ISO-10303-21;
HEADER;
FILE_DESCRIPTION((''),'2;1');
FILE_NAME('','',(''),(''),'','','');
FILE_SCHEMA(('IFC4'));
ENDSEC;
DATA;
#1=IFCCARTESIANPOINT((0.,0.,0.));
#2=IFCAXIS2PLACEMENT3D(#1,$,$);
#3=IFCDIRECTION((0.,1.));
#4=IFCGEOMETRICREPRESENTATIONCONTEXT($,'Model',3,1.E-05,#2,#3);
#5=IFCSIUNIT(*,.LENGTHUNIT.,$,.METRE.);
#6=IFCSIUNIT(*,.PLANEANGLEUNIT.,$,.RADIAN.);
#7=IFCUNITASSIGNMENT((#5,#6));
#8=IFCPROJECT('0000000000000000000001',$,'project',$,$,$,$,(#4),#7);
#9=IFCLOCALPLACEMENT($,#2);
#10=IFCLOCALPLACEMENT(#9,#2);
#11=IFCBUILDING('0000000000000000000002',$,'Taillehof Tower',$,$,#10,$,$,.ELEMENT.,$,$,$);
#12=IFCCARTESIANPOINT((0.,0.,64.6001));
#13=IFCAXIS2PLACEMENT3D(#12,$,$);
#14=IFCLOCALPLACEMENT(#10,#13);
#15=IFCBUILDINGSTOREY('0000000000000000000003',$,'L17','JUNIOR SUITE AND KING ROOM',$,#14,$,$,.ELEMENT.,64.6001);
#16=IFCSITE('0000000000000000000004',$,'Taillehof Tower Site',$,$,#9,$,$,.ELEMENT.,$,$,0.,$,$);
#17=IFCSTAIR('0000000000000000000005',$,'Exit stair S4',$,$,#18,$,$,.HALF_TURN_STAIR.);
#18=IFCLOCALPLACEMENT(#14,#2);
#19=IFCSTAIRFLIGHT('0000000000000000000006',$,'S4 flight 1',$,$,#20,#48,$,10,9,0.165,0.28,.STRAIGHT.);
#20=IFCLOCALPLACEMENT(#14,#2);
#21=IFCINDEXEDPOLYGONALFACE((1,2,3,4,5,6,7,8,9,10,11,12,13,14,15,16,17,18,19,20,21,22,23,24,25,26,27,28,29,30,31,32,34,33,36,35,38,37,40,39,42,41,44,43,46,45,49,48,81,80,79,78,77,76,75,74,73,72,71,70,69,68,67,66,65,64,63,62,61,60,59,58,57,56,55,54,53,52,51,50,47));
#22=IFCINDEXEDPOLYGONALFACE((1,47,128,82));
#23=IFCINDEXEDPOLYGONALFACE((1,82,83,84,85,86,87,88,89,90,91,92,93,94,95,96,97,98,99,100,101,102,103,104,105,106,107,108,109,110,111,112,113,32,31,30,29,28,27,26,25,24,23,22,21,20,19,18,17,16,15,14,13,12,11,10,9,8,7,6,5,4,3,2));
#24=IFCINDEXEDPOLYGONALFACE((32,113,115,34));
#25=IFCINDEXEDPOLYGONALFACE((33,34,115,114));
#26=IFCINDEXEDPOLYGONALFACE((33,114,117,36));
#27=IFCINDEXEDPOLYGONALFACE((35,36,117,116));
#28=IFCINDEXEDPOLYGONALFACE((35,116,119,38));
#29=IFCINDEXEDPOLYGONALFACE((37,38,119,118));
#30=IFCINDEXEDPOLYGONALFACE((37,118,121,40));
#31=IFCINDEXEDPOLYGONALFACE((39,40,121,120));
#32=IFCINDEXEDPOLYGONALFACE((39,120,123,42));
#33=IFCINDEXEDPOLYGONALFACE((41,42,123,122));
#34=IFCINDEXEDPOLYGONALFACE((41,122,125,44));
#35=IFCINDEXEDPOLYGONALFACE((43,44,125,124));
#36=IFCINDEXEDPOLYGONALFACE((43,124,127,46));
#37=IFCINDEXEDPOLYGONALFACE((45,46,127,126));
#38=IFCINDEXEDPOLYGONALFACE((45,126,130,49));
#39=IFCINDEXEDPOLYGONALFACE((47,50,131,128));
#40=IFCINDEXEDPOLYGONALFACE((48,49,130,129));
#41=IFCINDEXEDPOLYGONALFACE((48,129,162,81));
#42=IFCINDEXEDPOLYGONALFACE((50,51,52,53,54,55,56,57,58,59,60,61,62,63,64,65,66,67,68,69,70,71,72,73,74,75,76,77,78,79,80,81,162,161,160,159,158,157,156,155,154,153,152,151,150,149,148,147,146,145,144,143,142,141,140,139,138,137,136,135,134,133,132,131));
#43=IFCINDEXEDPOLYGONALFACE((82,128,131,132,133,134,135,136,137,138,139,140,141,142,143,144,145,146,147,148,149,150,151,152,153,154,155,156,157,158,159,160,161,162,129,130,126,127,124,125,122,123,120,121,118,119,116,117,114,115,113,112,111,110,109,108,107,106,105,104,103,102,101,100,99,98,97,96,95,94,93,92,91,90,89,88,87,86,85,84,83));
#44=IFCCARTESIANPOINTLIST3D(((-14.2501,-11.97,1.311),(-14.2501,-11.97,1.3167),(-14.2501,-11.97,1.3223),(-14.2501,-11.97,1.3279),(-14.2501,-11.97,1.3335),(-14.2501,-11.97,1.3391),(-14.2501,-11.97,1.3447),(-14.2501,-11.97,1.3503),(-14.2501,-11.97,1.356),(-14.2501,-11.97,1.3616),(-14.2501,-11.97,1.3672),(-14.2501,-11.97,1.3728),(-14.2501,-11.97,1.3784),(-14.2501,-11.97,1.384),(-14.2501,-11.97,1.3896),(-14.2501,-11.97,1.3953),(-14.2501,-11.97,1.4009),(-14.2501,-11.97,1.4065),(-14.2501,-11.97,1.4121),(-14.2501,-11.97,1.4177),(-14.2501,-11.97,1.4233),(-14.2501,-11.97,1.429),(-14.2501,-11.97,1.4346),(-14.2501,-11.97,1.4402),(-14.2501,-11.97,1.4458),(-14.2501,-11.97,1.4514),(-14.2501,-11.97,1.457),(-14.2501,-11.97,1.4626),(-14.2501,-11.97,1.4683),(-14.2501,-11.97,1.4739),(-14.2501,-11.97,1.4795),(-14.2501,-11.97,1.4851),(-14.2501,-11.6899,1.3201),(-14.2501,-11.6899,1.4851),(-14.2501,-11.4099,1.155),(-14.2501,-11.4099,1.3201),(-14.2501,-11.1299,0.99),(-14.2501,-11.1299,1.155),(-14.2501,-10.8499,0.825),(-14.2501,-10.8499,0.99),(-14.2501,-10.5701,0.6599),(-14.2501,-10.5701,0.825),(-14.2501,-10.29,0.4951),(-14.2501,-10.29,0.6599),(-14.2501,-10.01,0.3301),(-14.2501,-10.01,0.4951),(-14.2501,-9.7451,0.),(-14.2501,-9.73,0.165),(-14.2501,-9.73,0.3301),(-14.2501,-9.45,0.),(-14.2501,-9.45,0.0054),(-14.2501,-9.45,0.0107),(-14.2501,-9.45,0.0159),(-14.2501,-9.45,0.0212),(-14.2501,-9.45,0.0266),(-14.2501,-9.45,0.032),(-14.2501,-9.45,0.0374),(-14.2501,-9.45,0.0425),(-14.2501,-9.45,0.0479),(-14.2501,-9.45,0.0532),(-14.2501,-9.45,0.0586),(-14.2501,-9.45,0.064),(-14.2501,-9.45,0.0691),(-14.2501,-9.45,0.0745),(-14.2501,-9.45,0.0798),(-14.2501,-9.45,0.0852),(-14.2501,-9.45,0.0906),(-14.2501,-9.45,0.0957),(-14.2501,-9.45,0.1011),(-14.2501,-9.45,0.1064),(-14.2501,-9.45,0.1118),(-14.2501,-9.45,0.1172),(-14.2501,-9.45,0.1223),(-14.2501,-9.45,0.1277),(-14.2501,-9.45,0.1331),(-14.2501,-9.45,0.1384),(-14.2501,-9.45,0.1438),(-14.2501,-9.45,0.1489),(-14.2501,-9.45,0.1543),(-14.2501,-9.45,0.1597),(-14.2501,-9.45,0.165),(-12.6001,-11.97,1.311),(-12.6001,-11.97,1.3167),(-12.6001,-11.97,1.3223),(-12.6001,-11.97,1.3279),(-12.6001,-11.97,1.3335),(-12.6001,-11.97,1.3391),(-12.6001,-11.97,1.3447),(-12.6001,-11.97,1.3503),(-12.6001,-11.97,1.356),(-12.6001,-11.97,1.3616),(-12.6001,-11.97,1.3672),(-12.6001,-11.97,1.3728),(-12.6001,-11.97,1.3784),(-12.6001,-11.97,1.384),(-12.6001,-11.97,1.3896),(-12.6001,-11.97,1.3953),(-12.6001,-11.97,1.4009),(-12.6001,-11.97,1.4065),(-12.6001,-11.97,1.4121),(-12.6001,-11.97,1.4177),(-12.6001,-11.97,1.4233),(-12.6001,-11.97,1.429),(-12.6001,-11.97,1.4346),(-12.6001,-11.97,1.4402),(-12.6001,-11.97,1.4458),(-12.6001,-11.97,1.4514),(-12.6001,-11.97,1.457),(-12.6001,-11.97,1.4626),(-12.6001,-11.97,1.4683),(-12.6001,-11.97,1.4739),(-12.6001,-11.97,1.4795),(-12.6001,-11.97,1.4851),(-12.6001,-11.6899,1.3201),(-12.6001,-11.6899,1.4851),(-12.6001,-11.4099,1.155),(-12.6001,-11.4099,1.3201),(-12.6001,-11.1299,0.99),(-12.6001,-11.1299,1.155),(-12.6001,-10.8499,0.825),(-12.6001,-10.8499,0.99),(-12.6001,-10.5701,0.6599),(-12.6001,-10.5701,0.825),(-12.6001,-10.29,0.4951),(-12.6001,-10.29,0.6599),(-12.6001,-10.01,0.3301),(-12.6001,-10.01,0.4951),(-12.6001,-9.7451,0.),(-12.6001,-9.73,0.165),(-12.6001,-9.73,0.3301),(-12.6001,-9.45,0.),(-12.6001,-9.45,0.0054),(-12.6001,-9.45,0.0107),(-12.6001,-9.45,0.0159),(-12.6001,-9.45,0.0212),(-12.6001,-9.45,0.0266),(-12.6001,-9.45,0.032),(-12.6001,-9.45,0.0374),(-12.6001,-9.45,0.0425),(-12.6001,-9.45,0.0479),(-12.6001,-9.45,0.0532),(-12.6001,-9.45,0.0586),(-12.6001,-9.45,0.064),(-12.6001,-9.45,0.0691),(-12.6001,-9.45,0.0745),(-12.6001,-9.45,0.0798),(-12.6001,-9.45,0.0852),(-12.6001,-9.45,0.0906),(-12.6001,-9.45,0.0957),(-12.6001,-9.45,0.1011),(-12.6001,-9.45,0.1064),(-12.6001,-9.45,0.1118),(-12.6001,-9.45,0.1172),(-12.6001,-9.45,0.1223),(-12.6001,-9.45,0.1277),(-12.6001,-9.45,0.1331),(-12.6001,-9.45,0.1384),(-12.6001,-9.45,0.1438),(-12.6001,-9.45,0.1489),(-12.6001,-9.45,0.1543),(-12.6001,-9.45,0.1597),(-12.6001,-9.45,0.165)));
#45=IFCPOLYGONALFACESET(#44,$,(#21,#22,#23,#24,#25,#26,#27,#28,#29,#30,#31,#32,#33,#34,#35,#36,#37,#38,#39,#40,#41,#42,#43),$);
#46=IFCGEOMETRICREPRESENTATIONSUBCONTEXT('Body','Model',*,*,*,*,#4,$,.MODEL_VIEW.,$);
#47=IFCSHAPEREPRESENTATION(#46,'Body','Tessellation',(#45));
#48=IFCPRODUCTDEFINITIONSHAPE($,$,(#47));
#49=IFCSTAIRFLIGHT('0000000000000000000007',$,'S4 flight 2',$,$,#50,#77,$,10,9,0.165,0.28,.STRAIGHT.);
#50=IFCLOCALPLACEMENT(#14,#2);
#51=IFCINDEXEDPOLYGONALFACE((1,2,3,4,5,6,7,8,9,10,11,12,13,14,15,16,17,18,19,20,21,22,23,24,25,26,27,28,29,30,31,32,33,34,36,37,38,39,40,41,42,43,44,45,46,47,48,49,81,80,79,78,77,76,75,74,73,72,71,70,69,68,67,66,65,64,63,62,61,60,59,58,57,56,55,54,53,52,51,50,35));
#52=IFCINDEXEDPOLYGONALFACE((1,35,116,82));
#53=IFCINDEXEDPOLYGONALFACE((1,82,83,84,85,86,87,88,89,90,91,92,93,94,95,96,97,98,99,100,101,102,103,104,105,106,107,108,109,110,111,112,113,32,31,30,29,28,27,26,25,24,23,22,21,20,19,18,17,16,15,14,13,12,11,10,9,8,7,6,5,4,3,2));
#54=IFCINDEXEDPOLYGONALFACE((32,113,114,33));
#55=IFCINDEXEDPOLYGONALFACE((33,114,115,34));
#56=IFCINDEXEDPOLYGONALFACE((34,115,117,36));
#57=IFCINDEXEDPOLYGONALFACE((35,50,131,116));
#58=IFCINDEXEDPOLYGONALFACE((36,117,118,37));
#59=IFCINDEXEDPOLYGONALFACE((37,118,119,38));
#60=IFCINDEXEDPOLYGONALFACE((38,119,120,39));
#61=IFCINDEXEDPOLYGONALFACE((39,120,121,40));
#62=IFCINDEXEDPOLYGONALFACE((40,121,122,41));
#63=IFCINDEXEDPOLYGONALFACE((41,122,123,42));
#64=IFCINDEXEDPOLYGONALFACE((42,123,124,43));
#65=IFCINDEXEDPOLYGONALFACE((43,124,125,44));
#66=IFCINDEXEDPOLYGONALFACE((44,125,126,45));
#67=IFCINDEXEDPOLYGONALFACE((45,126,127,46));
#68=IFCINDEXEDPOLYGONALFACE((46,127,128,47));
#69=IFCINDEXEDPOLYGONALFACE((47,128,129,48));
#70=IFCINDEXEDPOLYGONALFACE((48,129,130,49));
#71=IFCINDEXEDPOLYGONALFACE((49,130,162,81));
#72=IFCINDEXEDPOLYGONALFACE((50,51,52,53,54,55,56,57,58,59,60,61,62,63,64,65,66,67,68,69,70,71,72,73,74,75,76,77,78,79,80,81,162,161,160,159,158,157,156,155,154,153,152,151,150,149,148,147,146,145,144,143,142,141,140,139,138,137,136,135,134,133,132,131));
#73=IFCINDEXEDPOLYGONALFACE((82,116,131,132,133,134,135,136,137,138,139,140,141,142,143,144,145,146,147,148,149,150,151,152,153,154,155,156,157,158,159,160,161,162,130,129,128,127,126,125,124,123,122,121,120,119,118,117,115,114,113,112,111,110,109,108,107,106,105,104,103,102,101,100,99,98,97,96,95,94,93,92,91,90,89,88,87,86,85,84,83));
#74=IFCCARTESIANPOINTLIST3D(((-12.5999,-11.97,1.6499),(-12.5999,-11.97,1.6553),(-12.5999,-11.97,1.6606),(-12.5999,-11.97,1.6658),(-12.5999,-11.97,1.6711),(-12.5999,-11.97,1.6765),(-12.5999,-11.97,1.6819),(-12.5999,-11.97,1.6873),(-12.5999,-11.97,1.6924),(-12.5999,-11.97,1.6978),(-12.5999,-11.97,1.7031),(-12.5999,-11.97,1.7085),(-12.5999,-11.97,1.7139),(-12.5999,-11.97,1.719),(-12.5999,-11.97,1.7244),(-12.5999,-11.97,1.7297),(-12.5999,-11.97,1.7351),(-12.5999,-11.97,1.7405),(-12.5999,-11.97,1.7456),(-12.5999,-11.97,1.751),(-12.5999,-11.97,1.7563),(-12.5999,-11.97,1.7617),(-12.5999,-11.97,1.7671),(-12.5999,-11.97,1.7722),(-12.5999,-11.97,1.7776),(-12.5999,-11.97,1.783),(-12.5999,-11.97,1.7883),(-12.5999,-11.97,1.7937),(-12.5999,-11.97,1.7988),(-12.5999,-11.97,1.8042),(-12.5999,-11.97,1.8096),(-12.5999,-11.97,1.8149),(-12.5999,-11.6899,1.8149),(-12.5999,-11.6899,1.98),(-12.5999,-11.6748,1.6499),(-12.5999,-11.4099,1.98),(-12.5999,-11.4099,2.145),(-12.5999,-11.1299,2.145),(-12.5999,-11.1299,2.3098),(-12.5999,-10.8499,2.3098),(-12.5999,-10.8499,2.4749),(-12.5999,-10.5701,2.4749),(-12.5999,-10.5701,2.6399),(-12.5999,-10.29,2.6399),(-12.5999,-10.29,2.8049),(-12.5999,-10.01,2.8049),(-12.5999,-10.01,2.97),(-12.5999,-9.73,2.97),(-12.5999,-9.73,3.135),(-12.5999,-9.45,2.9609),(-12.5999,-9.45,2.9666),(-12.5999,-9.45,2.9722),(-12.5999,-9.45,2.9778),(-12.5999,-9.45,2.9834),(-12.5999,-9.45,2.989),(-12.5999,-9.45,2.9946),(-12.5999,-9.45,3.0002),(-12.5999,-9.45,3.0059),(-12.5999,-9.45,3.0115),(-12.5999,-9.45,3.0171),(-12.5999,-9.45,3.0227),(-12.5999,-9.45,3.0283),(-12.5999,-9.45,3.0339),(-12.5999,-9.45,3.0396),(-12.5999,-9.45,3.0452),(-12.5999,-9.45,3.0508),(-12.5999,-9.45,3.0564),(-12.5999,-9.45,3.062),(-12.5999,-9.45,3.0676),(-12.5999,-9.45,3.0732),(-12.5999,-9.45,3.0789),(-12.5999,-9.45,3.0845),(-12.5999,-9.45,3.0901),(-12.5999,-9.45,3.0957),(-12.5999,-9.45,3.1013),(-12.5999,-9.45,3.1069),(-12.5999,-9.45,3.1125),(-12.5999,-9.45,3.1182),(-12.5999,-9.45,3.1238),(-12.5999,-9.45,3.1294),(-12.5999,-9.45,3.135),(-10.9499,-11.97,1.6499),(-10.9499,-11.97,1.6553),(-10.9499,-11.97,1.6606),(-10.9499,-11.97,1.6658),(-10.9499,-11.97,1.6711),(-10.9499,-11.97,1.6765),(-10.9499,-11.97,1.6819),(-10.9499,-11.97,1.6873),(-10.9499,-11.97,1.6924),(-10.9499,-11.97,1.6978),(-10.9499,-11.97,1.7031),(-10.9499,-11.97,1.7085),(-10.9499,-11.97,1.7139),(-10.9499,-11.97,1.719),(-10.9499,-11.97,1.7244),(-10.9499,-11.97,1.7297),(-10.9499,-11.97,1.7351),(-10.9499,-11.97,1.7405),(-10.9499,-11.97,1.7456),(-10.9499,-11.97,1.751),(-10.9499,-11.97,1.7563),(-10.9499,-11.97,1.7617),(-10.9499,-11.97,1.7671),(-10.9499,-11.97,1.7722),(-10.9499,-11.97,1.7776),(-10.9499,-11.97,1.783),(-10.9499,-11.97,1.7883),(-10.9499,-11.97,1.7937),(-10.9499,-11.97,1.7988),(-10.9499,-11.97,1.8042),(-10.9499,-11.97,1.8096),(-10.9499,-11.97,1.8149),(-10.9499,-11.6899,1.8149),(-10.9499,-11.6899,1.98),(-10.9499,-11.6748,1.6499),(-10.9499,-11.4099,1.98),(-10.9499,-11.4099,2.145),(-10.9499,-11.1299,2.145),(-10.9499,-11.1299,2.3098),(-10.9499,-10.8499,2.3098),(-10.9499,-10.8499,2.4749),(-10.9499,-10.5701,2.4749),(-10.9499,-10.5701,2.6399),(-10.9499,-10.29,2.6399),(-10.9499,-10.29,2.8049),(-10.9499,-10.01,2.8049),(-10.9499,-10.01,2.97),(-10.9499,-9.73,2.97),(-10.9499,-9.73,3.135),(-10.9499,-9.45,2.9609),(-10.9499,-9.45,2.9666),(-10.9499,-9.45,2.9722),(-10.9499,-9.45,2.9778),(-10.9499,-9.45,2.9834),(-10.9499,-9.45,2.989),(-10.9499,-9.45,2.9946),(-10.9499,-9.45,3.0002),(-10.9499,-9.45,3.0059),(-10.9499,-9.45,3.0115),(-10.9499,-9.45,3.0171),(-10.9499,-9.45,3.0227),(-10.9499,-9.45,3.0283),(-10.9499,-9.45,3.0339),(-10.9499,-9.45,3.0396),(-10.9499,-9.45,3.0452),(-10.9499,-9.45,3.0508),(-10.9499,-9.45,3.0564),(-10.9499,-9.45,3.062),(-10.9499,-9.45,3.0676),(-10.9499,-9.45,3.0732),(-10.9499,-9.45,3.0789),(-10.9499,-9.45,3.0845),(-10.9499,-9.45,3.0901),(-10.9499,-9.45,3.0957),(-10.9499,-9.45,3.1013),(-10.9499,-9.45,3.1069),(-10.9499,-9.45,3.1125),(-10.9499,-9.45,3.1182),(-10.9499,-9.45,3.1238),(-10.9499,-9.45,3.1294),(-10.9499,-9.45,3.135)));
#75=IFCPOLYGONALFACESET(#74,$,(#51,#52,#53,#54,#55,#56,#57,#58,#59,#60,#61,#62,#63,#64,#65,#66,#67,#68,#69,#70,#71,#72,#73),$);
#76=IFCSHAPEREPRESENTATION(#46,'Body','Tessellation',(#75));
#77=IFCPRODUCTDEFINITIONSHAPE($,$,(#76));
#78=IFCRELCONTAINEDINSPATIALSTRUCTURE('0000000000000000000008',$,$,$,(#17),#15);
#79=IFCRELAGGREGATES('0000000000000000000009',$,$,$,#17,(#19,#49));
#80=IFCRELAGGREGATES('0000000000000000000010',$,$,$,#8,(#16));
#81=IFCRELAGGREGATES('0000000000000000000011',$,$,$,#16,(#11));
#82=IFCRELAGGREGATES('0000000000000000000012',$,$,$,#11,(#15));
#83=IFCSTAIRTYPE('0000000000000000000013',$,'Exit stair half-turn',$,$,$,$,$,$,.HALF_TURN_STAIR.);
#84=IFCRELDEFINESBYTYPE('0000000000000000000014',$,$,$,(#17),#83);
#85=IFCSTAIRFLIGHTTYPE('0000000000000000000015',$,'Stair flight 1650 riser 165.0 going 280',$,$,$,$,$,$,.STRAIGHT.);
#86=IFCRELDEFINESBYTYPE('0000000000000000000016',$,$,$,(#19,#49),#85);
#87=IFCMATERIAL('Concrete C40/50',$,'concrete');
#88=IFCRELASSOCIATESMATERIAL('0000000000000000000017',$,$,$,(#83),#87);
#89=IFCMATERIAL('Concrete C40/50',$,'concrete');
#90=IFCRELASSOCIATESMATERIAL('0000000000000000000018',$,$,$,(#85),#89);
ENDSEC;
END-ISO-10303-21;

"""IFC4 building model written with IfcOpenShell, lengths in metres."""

from ifc_helpers import new_model, si_unit, direction, frame, origin, place, context, subcontext, project, spatial, polyline, outline, extrude, material, type_object, element, aggregate, save


model = new_model("IFC4")

# Units and contexts
model_context = context("Model", 3, precision=1e-05, world=origin(), true_north=direction((0.0, 1.0)))
body_context = subcontext(model_context, "Body", "Model", "MODEL_VIEW")
ifc_project = project(units=[si_unit("LENGTHUNIT", "METRE"), si_unit("PLANEANGLEUNIT", "RADIAN")], contexts=[model_context])

# Site, building, storey
site_placement = place(None, origin())
site = spatial("IfcSite", under=ifc_project, at=site_placement, Name="Taillehof Tower Site", CompositionType="ELEMENT", RefElevation=0.0)
building_placement = place(site_placement, origin())
building = spatial("IfcBuilding", under=site, at=building_placement, Name="Taillehof Tower", CompositionType="ELEMENT")
storey_placement = place(building_placement, frame((0.0, 0.0, 64.6001)))
storey = spatial("IfcBuildingStorey", under=building, at=storey_placement, Name="L17", Description="JUNIOR SUITE AND KING ROOM", CompositionType="ELEMENT", Elevation=64.6001)

# Stair, stair flights
ifc_material_1 = material(Name="Concrete C40/50", Category="concrete")
stair_type = type_object("IfcStairType", Name="Exit stair half-turn", PredefinedType="HALF_TURN_STAIR", material=ifc_material_1)
stair_placement = place(storey_placement, origin())
stair = element("IfcStair", 1, at=stair_placement, inside=storey, type_object=stair_type, Name="Exit stair S4", PredefinedType="HALF_TURN_STAIR")
ifc_material_2 = material(Name="Concrete C40/50", Category="concrete")
stair_flight_type = type_object("IfcStairFlightType", Name="Stair flight 1650 riser 165.0 going 280", PredefinedType="STRAIGHT", material=ifc_material_2)
stair_flight_1_placement = place(storey_placement, frame((-13.425, -9.45, 0.0), z_axis=(0.0, 0.0, 1.0), x_axis=(0.0, -1.0, 0.0)))
stair_flight_1 = element("IfcStairFlight", 2, at=stair_flight_1_placement, type_object=stair_flight_type, Name="S4 flight 1", NumberOfRisers=10, NumberOfTreads=9, PredefinedType="STRAIGHT", RiserHeight=0.165, TreadLength=0.28, context=body_context, shape_type="SweptSolid", body=[
    extrude(outline(polyline([(0.0, 0.0), (0.0, 0.0054), (0.0, 0.0107), (0.0, 0.0159), (0.0, 0.0212), (0.0, 0.0266), (0.0, 0.032), (0.0, 0.0374), (0.0, 0.0425), (0.0, 0.0479), (0.0, 0.0532), (0.0, 0.0586), (0.0, 0.064), (0.0, 0.0691), (0.0, 0.0745), (0.0, 0.0798), (0.0, 0.0852), (0.0, 0.0906), (0.0, 0.0957), (0.0, 0.1011), (0.0, 0.1064), (0.0, 0.1118), (0.0, 0.1172), (0.0, 0.1223), (0.0, 0.1277), (0.0, 0.1331), (0.0, 0.1384), (0.0, 0.1438), (0.0, 0.1489), (0.0, 0.1543), (0.0, 0.1597), (0.0, 0.165), (0.28, 0.165), (0.28, 0.3301), (0.5601, 0.3301), (0.5601, 0.4951), (0.8401, 0.4951), (0.8401, 0.6599), (1.1201, 0.6599), (1.1201, 0.825), (1.3999, 0.825), (1.3999, 0.99), (1.6799, 0.99), (1.6799, 1.155), (1.96, 1.155), (1.96, 1.3201), (2.24, 1.3201), (2.24, 1.4851), (2.52, 1.4851), (2.52, 1.4795), (2.52, 1.4739), (2.52, 1.4683), (2.52, 1.4626), (2.52, 1.457), (2.52, 1.4514), (2.52, 1.4458), (2.52, 1.4402), (2.52, 1.4346), (2.52, 1.429), (2.52, 1.4233), (2.52, 1.4177), (2.52, 1.4121), (2.52, 1.4065), (2.52, 1.4009), (2.52, 1.3953), (2.52, 1.3896), (2.52, 1.384), (2.52, 1.3784), (2.52, 1.3728), (2.52, 1.3672), (2.52, 1.3616), (2.52, 1.356), (2.52, 1.3503), (2.52, 1.3447), (2.52, 1.3391), (2.52, 1.3335), (2.52, 1.3279), (2.52, 1.3223), (2.52, 1.3167), (2.52, 1.311), (0.2952, 0.0), (0.0, 0.0)])), frame((0.0, 0.825, 0.0), z_axis=(0.0, -1.0, 0.0), x_axis=(1.0, 0.0, 0.0)), (0.0, 0.0, 1.0), 1.65),
])
stair_flight_2_placement = place(storey_placement, frame((-11.7749, -11.97, 1.6499), z_axis=(0.0, 0.0, 1.0), x_axis=(0.0, 1.0, 0.0)))
stair_flight_2 = element("IfcStairFlight", 3, at=stair_flight_2_placement, type_object=stair_flight_type, Name="S4 flight 2", NumberOfRisers=10, NumberOfTreads=9, PredefinedType="STRAIGHT", RiserHeight=0.165, TreadLength=0.28, context=body_context, shape_type="SweptSolid", body=[
    extrude(outline(polyline([(0.0, 0.0), (0.0, 0.0054), (0.0, 0.0107), (0.0, 0.0159), (0.0, 0.0212), (0.0, 0.0266), (0.0, 0.032), (0.0, 0.0374), (0.0, 0.0425), (0.0, 0.0479), (0.0, 0.0532), (0.0, 0.0586), (0.0, 0.064), (0.0, 0.0691), (0.0, 0.0745), (0.0, 0.0798), (0.0, 0.0852), (0.0, 0.0906), (0.0, 0.0957), (0.0, 0.1011), (0.0, 0.1064), (0.0, 0.1118), (0.0, 0.1172), (0.0, 0.1223), (0.0, 0.1277), (0.0, 0.1331), (0.0, 0.1384), (0.0, 0.1438), (0.0, 0.1489), (0.0, 0.1543), (0.0, 0.1597), (0.0, 0.165), (0.28, 0.165), (0.28, 0.3301), (0.5601, 0.3301), (0.5601, 0.4951), (0.8401, 0.4951), (0.8401, 0.6599), (1.1201, 0.6599), (1.1201, 0.825), (1.3999, 0.825), (1.3999, 0.99), (1.6799, 0.99), (1.6799, 1.155), (1.96, 1.155), (1.96, 1.3201), (2.24, 1.3201), (2.24, 1.4851), (2.52, 1.4851), (2.52, 1.4795), (2.52, 1.4739), (2.52, 1.4683), (2.52, 1.4626), (2.52, 1.457), (2.52, 1.4514), (2.52, 1.4458), (2.52, 1.4402), (2.52, 1.4346), (2.52, 1.429), (2.52, 1.4233), (2.52, 1.4177), (2.52, 1.4121), (2.52, 1.4065), (2.52, 1.4009), (2.52, 1.3953), (2.52, 1.3896), (2.52, 1.384), (2.52, 1.3784), (2.52, 1.3728), (2.52, 1.3672), (2.52, 1.3616), (2.52, 1.356), (2.52, 1.3503), (2.52, 1.3447), (2.52, 1.3391), (2.52, 1.3335), (2.52, 1.3279), (2.52, 1.3223), (2.52, 1.3167), (2.52, 1.311), (0.2952, 0.0), (0.0, 0.0)])), frame((0.0, 0.825, 0.0), z_axis=(0.0, -1.0, 0.0), x_axis=(1.0, 0.0, 0.0)), (0.0, 0.0, 1.0), 1.65),
])
aggregate(stair, [stair_flight_1, stair_flight_2])

save(model, "model.ifc")
